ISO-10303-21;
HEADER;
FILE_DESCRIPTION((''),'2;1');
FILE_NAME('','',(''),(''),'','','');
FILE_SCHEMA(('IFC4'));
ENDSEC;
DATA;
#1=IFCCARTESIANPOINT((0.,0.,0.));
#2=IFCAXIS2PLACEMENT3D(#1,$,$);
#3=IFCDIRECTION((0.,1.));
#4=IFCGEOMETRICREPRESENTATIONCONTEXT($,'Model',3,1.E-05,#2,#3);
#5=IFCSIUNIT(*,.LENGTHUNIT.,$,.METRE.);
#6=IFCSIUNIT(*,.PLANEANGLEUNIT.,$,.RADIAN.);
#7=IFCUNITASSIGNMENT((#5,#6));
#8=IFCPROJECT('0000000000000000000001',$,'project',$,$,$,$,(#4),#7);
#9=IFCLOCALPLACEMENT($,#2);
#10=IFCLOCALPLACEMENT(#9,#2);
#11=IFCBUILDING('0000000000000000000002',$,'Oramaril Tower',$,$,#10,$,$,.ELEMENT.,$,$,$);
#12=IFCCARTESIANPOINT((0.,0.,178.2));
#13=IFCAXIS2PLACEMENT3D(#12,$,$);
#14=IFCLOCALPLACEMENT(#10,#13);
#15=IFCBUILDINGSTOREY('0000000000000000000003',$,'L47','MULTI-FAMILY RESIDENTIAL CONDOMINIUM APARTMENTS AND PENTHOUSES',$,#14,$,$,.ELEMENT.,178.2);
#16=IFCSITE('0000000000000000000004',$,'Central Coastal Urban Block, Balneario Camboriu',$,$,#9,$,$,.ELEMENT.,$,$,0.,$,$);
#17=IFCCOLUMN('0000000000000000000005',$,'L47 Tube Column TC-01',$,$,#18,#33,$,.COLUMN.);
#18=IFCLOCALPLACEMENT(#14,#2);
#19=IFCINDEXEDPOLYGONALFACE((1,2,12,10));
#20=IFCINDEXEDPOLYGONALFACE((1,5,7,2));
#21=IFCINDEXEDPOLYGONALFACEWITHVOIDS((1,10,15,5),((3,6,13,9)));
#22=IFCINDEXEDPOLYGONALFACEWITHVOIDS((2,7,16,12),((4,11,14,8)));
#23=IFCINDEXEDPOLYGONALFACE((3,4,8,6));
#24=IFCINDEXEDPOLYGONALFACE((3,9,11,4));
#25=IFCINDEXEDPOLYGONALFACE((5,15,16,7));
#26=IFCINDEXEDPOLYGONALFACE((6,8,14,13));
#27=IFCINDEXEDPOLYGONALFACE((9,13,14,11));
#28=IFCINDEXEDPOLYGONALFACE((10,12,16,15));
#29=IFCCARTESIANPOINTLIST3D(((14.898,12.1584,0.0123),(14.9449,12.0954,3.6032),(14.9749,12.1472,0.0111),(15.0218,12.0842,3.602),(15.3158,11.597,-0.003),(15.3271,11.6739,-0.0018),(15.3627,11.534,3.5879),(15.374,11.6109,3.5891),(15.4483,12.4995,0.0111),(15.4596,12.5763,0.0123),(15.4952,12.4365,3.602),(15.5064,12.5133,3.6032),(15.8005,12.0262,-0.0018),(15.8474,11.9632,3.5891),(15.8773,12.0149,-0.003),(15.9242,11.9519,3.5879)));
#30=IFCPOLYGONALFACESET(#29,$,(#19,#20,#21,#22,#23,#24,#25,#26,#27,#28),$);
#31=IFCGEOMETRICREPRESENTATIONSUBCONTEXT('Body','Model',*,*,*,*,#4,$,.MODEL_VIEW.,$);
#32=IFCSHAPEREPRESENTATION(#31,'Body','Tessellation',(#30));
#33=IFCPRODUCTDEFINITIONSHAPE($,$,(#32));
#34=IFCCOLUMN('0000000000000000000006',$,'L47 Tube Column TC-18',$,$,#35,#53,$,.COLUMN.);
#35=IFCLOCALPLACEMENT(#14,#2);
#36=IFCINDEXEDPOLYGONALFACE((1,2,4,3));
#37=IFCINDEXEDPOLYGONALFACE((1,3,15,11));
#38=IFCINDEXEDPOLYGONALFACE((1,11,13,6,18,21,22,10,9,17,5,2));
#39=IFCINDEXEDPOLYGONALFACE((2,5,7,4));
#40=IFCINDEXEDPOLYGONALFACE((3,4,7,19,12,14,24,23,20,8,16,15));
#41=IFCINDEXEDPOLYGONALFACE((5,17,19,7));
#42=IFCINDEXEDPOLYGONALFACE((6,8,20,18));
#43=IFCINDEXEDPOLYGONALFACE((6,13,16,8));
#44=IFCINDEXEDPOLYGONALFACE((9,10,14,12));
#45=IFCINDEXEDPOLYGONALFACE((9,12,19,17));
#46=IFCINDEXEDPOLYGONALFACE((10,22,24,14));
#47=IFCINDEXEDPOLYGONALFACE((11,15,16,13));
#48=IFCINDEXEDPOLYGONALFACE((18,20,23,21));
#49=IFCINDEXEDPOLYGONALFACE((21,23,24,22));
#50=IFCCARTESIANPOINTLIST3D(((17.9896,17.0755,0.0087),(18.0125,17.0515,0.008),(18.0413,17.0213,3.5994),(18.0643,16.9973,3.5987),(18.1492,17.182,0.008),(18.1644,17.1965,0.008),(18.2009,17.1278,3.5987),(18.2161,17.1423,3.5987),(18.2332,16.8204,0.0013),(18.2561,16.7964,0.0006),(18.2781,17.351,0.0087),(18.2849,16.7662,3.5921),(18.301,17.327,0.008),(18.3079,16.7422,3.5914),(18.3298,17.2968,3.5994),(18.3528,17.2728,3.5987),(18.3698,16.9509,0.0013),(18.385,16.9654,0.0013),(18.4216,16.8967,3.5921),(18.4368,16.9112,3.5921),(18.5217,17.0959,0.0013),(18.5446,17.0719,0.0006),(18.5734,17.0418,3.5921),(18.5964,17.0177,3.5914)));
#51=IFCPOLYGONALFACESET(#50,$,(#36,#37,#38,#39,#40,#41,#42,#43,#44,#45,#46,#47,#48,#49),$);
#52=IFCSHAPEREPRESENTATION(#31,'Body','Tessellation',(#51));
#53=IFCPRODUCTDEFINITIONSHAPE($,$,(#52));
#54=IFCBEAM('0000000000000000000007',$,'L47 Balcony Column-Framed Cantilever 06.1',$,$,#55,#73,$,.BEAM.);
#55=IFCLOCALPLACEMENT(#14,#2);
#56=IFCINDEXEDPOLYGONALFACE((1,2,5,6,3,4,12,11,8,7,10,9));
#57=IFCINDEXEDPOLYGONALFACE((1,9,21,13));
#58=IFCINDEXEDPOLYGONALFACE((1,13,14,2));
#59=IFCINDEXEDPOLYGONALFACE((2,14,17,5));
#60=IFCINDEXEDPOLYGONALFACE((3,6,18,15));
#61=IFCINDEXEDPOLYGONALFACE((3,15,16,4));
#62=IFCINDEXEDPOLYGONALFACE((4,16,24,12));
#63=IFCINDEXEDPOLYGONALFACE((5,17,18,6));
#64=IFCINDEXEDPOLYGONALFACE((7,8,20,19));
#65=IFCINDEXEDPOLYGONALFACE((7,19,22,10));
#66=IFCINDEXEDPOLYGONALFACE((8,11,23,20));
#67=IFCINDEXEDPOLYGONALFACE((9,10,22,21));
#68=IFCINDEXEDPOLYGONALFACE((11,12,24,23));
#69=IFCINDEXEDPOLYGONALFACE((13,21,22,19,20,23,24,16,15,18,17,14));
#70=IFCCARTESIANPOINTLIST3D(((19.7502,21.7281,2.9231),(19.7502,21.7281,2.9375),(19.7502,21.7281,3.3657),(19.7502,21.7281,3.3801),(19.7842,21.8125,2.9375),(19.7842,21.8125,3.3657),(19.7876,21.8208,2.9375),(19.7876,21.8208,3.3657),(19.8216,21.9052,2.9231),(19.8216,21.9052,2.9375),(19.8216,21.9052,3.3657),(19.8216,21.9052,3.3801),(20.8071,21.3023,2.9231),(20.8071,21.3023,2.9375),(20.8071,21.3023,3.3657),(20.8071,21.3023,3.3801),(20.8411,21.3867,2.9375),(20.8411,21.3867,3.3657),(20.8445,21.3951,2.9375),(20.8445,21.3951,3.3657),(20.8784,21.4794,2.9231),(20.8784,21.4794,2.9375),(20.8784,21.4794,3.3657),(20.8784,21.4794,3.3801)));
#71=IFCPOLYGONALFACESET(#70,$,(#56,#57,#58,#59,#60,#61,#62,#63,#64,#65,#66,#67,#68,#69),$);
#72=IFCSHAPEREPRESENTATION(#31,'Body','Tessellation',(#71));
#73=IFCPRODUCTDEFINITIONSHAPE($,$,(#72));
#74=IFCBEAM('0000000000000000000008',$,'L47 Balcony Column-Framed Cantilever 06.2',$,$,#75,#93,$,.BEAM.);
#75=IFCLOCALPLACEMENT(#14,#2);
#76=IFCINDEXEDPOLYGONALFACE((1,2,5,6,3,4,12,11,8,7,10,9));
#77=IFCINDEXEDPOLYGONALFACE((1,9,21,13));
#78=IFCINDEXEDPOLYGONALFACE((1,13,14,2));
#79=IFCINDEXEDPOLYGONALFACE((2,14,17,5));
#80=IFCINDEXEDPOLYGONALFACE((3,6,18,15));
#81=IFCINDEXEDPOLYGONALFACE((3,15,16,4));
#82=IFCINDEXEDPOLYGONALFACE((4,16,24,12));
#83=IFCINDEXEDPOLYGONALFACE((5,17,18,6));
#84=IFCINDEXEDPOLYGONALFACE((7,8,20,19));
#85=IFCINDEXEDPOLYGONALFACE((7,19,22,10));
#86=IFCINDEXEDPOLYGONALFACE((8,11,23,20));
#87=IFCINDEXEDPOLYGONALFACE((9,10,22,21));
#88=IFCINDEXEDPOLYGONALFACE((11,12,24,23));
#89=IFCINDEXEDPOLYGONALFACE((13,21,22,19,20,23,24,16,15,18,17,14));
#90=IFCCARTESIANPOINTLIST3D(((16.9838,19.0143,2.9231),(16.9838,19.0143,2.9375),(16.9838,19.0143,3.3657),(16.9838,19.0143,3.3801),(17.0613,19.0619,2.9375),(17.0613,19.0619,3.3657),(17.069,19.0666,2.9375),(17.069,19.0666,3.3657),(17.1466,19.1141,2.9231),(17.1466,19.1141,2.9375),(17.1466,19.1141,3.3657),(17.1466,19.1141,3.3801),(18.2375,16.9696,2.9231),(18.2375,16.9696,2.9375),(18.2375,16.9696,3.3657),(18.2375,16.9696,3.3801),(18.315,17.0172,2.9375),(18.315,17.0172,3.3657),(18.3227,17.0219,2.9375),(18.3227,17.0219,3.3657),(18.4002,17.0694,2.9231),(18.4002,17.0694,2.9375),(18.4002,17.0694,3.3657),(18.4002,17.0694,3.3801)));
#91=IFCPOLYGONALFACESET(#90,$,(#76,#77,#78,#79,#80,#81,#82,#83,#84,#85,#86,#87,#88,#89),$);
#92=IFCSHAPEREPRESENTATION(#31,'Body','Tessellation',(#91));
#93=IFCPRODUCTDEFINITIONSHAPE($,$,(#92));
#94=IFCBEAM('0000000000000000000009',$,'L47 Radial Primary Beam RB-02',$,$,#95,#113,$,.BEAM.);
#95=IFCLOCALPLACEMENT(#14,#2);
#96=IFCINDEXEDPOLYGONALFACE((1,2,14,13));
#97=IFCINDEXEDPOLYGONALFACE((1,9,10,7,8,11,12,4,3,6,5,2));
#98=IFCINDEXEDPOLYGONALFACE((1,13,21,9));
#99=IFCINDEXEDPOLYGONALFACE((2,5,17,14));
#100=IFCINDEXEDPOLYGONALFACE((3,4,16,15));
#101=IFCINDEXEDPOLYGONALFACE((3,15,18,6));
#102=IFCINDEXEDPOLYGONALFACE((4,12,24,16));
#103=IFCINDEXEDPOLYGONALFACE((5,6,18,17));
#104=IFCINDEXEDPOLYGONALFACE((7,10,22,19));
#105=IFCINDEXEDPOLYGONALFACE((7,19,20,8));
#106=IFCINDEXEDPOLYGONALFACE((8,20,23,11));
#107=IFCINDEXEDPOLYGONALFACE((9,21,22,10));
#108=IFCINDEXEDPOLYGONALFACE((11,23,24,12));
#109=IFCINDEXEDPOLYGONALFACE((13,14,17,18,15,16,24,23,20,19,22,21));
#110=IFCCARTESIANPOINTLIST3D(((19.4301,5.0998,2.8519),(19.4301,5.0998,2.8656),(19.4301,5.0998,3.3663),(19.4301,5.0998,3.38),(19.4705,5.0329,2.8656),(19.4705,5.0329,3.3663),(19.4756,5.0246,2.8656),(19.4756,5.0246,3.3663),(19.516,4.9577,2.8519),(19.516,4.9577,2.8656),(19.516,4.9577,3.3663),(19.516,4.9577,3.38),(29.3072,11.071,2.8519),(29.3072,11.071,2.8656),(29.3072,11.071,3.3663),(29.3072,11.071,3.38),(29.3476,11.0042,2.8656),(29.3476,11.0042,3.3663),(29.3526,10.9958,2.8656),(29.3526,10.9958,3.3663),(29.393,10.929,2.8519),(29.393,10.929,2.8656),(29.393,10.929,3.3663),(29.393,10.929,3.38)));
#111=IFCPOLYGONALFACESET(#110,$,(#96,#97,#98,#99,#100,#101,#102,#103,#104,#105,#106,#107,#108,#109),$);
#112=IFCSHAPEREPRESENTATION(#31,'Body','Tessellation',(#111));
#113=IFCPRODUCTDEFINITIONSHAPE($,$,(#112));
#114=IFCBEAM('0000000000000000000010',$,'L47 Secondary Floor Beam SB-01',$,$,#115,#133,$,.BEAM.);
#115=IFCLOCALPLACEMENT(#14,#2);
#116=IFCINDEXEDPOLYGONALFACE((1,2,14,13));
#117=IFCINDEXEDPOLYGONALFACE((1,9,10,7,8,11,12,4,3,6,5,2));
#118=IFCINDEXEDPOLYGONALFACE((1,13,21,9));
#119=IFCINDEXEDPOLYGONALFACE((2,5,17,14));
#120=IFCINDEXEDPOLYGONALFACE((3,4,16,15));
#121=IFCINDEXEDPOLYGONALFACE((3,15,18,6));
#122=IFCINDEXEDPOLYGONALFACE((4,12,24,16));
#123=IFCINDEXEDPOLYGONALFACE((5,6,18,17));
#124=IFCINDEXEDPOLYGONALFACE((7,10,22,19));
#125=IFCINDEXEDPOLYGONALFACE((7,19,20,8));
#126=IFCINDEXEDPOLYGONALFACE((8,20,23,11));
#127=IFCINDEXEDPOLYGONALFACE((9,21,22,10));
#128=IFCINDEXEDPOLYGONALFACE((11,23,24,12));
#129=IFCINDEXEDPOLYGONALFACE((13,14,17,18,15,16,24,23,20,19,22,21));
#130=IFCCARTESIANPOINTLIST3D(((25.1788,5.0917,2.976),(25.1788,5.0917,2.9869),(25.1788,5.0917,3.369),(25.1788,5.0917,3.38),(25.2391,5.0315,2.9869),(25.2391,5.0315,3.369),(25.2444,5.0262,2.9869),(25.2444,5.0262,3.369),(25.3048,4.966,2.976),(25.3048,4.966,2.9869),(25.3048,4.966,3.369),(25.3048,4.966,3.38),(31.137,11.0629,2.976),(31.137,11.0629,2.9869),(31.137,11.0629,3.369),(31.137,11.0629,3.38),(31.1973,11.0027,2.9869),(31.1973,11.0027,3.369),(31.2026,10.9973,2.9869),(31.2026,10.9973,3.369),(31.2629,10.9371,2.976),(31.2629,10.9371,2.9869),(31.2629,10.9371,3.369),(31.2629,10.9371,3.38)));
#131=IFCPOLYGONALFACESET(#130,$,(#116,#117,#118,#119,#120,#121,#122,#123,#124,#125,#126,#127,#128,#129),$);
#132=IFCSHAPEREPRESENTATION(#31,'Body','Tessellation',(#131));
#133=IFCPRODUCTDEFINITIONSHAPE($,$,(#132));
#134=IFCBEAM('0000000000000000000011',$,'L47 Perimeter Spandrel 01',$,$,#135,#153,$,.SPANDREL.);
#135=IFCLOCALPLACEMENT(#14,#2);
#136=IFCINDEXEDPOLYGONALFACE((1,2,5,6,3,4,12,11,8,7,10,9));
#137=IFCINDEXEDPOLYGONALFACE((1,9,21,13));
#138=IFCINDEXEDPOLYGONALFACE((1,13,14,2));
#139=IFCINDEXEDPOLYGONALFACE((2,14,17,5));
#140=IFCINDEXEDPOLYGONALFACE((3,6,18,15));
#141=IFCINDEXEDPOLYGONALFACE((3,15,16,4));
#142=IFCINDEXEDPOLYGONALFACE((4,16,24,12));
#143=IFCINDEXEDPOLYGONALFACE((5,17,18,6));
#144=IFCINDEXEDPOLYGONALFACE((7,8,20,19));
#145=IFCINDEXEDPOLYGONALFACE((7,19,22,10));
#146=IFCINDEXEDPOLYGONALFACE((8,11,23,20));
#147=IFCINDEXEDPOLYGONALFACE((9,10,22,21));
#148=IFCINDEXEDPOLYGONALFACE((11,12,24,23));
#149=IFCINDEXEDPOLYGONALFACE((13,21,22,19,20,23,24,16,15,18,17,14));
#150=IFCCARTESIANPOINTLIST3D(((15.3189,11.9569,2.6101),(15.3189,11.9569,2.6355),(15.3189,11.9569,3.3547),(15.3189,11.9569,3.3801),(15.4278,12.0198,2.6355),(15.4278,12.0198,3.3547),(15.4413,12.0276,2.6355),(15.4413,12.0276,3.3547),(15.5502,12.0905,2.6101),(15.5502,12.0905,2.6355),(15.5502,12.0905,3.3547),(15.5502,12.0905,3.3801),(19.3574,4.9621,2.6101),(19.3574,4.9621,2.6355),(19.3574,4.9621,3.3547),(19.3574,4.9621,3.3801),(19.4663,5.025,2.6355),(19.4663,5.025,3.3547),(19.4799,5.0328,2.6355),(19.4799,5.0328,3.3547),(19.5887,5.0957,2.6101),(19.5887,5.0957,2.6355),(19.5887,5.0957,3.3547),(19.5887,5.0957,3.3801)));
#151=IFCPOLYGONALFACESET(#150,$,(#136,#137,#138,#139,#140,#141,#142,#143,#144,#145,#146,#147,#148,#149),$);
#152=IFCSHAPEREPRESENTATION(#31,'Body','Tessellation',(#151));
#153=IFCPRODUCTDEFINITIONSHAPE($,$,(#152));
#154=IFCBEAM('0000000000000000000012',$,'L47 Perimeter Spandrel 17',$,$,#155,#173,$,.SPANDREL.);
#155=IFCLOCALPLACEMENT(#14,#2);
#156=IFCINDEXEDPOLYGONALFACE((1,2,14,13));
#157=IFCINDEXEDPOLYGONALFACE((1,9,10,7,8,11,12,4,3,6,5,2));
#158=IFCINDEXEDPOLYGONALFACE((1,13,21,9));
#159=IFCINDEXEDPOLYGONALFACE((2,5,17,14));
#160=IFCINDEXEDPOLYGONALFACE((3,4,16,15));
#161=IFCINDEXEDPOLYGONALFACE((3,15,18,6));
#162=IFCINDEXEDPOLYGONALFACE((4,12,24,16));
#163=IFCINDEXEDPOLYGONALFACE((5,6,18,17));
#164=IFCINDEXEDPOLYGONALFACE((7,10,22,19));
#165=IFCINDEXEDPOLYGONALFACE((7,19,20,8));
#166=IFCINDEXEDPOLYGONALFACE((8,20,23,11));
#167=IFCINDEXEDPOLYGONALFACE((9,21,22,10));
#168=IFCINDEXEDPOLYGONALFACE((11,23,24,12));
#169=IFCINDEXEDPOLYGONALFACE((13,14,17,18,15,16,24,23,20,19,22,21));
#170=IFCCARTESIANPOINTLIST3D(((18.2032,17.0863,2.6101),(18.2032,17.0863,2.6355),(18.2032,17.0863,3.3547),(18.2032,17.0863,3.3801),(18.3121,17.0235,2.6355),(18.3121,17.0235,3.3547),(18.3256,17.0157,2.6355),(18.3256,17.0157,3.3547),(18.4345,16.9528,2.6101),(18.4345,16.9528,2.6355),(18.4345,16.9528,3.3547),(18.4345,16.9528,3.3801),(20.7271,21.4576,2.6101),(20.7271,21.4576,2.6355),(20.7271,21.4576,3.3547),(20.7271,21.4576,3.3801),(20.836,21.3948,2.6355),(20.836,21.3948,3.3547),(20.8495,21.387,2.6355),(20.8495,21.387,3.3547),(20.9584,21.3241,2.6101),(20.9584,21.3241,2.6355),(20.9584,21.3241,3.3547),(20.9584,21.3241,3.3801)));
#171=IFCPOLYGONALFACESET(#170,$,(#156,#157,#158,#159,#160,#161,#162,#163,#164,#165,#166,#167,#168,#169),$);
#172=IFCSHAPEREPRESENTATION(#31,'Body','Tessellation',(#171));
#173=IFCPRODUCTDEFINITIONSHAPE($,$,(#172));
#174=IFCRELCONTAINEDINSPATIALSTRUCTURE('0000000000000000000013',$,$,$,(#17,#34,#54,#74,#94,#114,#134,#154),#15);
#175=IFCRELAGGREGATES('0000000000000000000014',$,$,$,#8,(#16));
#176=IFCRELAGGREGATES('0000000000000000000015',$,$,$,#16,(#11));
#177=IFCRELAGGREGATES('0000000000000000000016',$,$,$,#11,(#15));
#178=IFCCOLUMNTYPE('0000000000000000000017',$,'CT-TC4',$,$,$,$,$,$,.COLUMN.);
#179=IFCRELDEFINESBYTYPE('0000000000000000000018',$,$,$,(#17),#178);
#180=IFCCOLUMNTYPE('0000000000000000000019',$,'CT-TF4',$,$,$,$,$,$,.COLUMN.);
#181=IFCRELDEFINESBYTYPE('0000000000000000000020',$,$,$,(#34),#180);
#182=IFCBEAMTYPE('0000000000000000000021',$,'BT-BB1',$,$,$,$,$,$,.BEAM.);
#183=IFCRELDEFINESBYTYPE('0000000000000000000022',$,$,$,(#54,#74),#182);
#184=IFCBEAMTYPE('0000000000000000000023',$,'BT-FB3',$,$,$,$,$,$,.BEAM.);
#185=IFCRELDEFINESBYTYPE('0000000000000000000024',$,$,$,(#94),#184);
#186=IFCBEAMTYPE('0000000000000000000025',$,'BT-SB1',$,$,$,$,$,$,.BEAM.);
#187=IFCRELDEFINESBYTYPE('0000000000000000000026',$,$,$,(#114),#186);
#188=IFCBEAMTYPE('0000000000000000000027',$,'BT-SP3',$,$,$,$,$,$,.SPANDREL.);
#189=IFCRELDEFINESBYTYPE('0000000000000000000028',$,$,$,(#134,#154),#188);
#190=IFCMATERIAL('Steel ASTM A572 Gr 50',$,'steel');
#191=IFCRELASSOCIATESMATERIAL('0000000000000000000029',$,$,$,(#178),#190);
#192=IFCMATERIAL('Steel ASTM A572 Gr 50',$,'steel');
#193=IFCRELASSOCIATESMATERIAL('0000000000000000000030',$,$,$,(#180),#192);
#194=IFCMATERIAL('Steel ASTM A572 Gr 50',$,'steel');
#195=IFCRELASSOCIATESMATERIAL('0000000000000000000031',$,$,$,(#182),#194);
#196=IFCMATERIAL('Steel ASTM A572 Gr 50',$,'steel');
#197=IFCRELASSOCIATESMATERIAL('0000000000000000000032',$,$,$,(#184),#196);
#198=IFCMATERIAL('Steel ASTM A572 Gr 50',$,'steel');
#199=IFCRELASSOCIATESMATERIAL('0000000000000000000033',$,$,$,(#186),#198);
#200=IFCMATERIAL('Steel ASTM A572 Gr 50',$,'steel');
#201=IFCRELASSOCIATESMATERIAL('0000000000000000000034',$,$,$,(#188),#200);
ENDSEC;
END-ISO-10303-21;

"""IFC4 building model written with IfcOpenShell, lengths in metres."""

from ifc_helpers import new_model, si_unit, direction, frame, origin, origin_2d, place, context, subcontext, project, spatial, hollow_rectangle, i_section, extrude, material, material_profile, profile_set, type_object, element, save


model = new_model("IFC4")

# Units and contexts
model_context = context("Model", 3, precision=1e-05, world=origin(), true_north=direction((0.0, 1.0)))
body_context = subcontext(model_context, "Body", "Model", "MODEL_VIEW")
ifc_project = project(units=[si_unit("LENGTHUNIT", "METRE"), si_unit("PLANEANGLEUNIT", "RADIAN")], contexts=[model_context])

# Site, building, storey
site_placement = place(None, origin())
site = spatial("IfcSite", under=ifc_project, at=site_placement, Name="Central Coastal Urban Block, Balneario Camboriu", CompositionType="ELEMENT", RefElevation=0.0)
building_placement = place(site_placement, origin())
building = spatial("IfcBuilding", under=site, at=building_placement, Name="Oramaril Tower", CompositionType="ELEMENT")
storey_placement = place(building_placement, frame((0.0, 0.0, 178.2)))
storey = spatial("IfcBuildingStorey", under=building, at=storey_placement, Name="L47", Description="MULTI-FAMILY RESIDENTIAL CONDOMINIUM APARTMENTS AND PENTHOUSES", CompositionType="ELEMENT", Elevation=178.2)

# Columns
ifc_material_1 = material(Name="Steel ASTM A572 Gr 50", Category="steel")
ifc_material_profile_1 = material_profile(ifc_material_1, hollow_rectangle(XDim=0.7, YDim=0.7, WallThickness=0.0549, at=origin_2d()), Name="BOX700X700X55")
ifc_profile_set_1 = profile_set([ifc_material_profile_1], Name="Steel ASTM A572 Gr 50")
column_type_1 = type_object("IfcColumnType", Name="CT-TC4", PredefinedType="COLUMN", material=ifc_profile_set_1)
column_1_placement = place(storey_placement, frame((15.3877, 12.0867, 0.0046), z_axis=(0.013051, -0.017537, 0.999761), x_axis=(0.802233, 0.597011, 0.0)))
element("IfcColumn", 1, at=column_1_placement, inside=storey, type_object=column_type_1, Name="L47 Tube Column TC-01", PredefinedType="COLUMN", context=body_context, shape_type="SweptSolid", body=[
    extrude(hollow_rectangle(XDim=0.7, YDim=0.7, WallThickness=0.0549, at=origin_2d()), origin(), (0.0, 0.0, 1.0), 3.5918),
])
ifc_material_2 = material(Name="Steel ASTM A572 Gr 50", Category="steel")
ifc_material_profile_2 = material_profile(ifc_material_2, i_section(OverallWidth=0.3989, OverallDepth=0.386, WebThickness=0.021, FlangeThickness=0.0332, at=origin_2d()), Name="W14X176")
ifc_profile_set_2 = profile_set([ifc_material_profile_2], Name="Steel ASTM A572 Gr 50")
column_type_2 = type_object("IfcColumnType", Name="CT-TF4", PredefinedType="COLUMN", material=ifc_profile_set_2)
column_2_placement = place(storey_placement, frame((18.2671, 17.0737, 0.0046), z_axis=(0.014411, -0.015091, 0.999782), x_axis=(0.723208, 0.690631, 0.0)))
element("IfcColumn", 2, at=column_2_placement, inside=storey, type_object=column_type_2, Name="L47 Tube Column TC-18", PredefinedType="COLUMN", context=body_context, shape_type="SweptSolid", body=[
    extrude(i_section(OverallWidth=0.3989, OverallDepth=0.386, WebThickness=0.021, FlangeThickness=0.0332, at=origin_2d()), origin(), (0.0, 0.0, 1.0), 3.5916),
])

# Beams
ifc_material_3 = material(Name="Steel ASTM A572 Gr 50", Category="steel")
ifc_material_profile_3 = material_profile(ifc_material_3, i_section(OverallWidth=0.1909, OverallDepth=0.457, WebThickness=0.009, FlangeThickness=0.0144, at=origin_2d()), Name="W18X50")
ifc_profile_set_3 = profile_set([ifc_material_profile_3], Name="Steel ASTM A572 Gr 50")
beam_type_1 = type_object("IfcBeamType", Name="BT-BB1", PredefinedType="BEAM", material=ifc_profile_set_3)
beam_1_placement = place(storey_placement, frame((20.8428, 21.3909, 3.1516), z_axis=(-0.927558, 0.37368, 0.0), x_axis=(-0.37368, -0.927558, 0.0)))
element("IfcBeam", 3, at=beam_1_placement, inside=storey, type_object=beam_type_1, Name="L47 Balcony Column-Framed Cantilever 06.1", PredefinedType="BEAM", context=body_context, shape_type="SweptSolid", body=[
    extrude(i_section(OverallWidth=0.1909, OverallDepth=0.457, WebThickness=0.009, FlangeThickness=0.0144, at=origin_2d()), origin(), (0.0, 0.0, 1.0), 1.1394),
])
beam_2_placement = place(storey_placement, frame((18.3188, 17.0195, 3.1516), z_axis=(-0.522705, 0.852513, 0.0), x_axis=(-0.852513, -0.522705, 0.0)))
element("IfcBeam", 4, at=beam_2_placement, inside=storey, type_object=beam_type_1, Name="L47 Balcony Column-Framed Cantilever 06.2", PredefinedType="BEAM", context=body_context, shape_type="SweptSolid", body=[
    extrude(i_section(OverallWidth=0.1909, OverallDepth=0.457, WebThickness=0.009, FlangeThickness=0.0144, at=origin_2d()), origin(), (0.0, 0.0, 1.0), 2.3984),
])
ifc_material_4 = material(Name="Steel ASTM A572 Gr 50", Category="steel")
ifc_material_profile_4 = material_profile(ifc_material_4, i_section(OverallWidth=0.166, OverallDepth=0.5281, WebThickness=0.0098, FlangeThickness=0.0137, at=origin_2d()), Name="W21X50")
ifc_profile_set_4 = profile_set([ifc_material_profile_4], Name="Steel ASTM A572 Gr 50")
beam_type_2 = type_object("IfcBeamType", Name="BT-FB3", PredefinedType="BEAM", material=ifc_profile_set_4)
beam_3_placement = place(storey_placement, frame((29.3501, 11.0, 3.116), z_axis=(-0.855767, -0.517361, 0.0), x_axis=(0.517361, -0.855767, 0.0)))
element("IfcBeam", 5, at=beam_3_placement, inside=storey, type_object=beam_type_2, Name="L47 Radial Primary Beam RB-02", PredefinedType="BEAM", context=body_context, shape_type="SweptSolid", body=[
    extrude(i_section(OverallWidth=0.166, OverallDepth=0.5281, WebThickness=0.0098, FlangeThickness=0.0137, at=origin_2d()), origin(), (0.0, 0.0, 1.0), 11.5417),
])
ifc_material_5 = material(Name="Steel ASTM A572 Gr 50", Category="steel")
ifc_material_profile_5 = material_profile(ifc_material_5, i_section(OverallWidth=0.178, OverallDepth=0.4041, WebThickness=0.0076, FlangeThickness=0.011, at=origin_2d()), Name="W16X36")
ifc_profile_set_5 = profile_set([ifc_material_profile_5], Name="Steel ASTM A572 Gr 50")
beam_type_3 = type_object("IfcBeamType", Name="BT-SB1", PredefinedType="BEAM", material=ifc_profile_set_5)
beam_4_placement = place(storey_placement, frame((31.2, 11.0, 3.178), z_axis=(-0.706339, -0.707873, 0.0), x_axis=(0.707873, -0.706339, 0.0)))
element("IfcBeam", 6, at=beam_4_placement, inside=storey, type_object=beam_type_3, Name="L47 Secondary Floor Beam SB-01", PredefinedType="BEAM", context=body_context, shape_type="SweptSolid", body=[
    extrude(i_section(OverallWidth=0.178, OverallDepth=0.4041, WebThickness=0.0076, FlangeThickness=0.011, at=origin_2d()), origin(), (0.0, 0.0, 1.0), 8.4353),
])
ifc_material_6 = material(Name="Steel ASTM A572 Gr 50", Category="steel")
ifc_material_profile_6 = material_profile(ifc_material_6, i_section(OverallWidth=0.2671, OverallDepth=0.77, WebThickness=0.0156, FlangeThickness=0.0254, at=origin_2d()), Name="W30X132")
ifc_profile_set_6 = profile_set([ifc_material_profile_6], Name="Steel ASTM A572 Gr 50")
beam_type_4 = type_object("IfcBeamType", Name="BT-SP3", PredefinedType="SPANDREL", material=ifc_profile_set_6)
beam_5_placement = place(storey_placement, frame((15.4346, 12.0237, 2.9951), z_axis=(0.500008, -0.866021, 0.0), x_axis=(0.866021, 0.500008, 0.0)))
element("IfcBeam", 7, at=beam_5_placement, inside=storey, type_object=beam_type_4, Name="L47 Perimeter Spandrel 01", PredefinedType="SPANDREL", context=body_context, shape_type="SweptSolid", body=[
    extrude(i_section(OverallWidth=0.2671, OverallDepth=0.77, WebThickness=0.0156, FlangeThickness=0.0254, at=origin_2d()), origin(), (0.0, 0.0, 1.0), 8.0769),
])
beam_6_placement = place(storey_placement, frame((20.8428, 21.3909, 2.9951), z_axis=(-0.50002, -0.866014, 0.0), x_axis=(0.866014, -0.50002, 0.0)))
element("IfcBeam", 8, at=beam_6_placement, inside=storey, type_object=beam_type_4, Name="L47 Perimeter Spandrel 17", PredefinedType="SPANDREL", context=body_context, shape_type="SweptSolid", body=[
    extrude(i_section(OverallWidth=0.2671, OverallDepth=0.77, WebThickness=0.0156, FlangeThickness=0.0254, at=origin_2d()), origin(), (0.0, 0.0, 1.0), 5.0476),
])

save(model, "model.ifc")
